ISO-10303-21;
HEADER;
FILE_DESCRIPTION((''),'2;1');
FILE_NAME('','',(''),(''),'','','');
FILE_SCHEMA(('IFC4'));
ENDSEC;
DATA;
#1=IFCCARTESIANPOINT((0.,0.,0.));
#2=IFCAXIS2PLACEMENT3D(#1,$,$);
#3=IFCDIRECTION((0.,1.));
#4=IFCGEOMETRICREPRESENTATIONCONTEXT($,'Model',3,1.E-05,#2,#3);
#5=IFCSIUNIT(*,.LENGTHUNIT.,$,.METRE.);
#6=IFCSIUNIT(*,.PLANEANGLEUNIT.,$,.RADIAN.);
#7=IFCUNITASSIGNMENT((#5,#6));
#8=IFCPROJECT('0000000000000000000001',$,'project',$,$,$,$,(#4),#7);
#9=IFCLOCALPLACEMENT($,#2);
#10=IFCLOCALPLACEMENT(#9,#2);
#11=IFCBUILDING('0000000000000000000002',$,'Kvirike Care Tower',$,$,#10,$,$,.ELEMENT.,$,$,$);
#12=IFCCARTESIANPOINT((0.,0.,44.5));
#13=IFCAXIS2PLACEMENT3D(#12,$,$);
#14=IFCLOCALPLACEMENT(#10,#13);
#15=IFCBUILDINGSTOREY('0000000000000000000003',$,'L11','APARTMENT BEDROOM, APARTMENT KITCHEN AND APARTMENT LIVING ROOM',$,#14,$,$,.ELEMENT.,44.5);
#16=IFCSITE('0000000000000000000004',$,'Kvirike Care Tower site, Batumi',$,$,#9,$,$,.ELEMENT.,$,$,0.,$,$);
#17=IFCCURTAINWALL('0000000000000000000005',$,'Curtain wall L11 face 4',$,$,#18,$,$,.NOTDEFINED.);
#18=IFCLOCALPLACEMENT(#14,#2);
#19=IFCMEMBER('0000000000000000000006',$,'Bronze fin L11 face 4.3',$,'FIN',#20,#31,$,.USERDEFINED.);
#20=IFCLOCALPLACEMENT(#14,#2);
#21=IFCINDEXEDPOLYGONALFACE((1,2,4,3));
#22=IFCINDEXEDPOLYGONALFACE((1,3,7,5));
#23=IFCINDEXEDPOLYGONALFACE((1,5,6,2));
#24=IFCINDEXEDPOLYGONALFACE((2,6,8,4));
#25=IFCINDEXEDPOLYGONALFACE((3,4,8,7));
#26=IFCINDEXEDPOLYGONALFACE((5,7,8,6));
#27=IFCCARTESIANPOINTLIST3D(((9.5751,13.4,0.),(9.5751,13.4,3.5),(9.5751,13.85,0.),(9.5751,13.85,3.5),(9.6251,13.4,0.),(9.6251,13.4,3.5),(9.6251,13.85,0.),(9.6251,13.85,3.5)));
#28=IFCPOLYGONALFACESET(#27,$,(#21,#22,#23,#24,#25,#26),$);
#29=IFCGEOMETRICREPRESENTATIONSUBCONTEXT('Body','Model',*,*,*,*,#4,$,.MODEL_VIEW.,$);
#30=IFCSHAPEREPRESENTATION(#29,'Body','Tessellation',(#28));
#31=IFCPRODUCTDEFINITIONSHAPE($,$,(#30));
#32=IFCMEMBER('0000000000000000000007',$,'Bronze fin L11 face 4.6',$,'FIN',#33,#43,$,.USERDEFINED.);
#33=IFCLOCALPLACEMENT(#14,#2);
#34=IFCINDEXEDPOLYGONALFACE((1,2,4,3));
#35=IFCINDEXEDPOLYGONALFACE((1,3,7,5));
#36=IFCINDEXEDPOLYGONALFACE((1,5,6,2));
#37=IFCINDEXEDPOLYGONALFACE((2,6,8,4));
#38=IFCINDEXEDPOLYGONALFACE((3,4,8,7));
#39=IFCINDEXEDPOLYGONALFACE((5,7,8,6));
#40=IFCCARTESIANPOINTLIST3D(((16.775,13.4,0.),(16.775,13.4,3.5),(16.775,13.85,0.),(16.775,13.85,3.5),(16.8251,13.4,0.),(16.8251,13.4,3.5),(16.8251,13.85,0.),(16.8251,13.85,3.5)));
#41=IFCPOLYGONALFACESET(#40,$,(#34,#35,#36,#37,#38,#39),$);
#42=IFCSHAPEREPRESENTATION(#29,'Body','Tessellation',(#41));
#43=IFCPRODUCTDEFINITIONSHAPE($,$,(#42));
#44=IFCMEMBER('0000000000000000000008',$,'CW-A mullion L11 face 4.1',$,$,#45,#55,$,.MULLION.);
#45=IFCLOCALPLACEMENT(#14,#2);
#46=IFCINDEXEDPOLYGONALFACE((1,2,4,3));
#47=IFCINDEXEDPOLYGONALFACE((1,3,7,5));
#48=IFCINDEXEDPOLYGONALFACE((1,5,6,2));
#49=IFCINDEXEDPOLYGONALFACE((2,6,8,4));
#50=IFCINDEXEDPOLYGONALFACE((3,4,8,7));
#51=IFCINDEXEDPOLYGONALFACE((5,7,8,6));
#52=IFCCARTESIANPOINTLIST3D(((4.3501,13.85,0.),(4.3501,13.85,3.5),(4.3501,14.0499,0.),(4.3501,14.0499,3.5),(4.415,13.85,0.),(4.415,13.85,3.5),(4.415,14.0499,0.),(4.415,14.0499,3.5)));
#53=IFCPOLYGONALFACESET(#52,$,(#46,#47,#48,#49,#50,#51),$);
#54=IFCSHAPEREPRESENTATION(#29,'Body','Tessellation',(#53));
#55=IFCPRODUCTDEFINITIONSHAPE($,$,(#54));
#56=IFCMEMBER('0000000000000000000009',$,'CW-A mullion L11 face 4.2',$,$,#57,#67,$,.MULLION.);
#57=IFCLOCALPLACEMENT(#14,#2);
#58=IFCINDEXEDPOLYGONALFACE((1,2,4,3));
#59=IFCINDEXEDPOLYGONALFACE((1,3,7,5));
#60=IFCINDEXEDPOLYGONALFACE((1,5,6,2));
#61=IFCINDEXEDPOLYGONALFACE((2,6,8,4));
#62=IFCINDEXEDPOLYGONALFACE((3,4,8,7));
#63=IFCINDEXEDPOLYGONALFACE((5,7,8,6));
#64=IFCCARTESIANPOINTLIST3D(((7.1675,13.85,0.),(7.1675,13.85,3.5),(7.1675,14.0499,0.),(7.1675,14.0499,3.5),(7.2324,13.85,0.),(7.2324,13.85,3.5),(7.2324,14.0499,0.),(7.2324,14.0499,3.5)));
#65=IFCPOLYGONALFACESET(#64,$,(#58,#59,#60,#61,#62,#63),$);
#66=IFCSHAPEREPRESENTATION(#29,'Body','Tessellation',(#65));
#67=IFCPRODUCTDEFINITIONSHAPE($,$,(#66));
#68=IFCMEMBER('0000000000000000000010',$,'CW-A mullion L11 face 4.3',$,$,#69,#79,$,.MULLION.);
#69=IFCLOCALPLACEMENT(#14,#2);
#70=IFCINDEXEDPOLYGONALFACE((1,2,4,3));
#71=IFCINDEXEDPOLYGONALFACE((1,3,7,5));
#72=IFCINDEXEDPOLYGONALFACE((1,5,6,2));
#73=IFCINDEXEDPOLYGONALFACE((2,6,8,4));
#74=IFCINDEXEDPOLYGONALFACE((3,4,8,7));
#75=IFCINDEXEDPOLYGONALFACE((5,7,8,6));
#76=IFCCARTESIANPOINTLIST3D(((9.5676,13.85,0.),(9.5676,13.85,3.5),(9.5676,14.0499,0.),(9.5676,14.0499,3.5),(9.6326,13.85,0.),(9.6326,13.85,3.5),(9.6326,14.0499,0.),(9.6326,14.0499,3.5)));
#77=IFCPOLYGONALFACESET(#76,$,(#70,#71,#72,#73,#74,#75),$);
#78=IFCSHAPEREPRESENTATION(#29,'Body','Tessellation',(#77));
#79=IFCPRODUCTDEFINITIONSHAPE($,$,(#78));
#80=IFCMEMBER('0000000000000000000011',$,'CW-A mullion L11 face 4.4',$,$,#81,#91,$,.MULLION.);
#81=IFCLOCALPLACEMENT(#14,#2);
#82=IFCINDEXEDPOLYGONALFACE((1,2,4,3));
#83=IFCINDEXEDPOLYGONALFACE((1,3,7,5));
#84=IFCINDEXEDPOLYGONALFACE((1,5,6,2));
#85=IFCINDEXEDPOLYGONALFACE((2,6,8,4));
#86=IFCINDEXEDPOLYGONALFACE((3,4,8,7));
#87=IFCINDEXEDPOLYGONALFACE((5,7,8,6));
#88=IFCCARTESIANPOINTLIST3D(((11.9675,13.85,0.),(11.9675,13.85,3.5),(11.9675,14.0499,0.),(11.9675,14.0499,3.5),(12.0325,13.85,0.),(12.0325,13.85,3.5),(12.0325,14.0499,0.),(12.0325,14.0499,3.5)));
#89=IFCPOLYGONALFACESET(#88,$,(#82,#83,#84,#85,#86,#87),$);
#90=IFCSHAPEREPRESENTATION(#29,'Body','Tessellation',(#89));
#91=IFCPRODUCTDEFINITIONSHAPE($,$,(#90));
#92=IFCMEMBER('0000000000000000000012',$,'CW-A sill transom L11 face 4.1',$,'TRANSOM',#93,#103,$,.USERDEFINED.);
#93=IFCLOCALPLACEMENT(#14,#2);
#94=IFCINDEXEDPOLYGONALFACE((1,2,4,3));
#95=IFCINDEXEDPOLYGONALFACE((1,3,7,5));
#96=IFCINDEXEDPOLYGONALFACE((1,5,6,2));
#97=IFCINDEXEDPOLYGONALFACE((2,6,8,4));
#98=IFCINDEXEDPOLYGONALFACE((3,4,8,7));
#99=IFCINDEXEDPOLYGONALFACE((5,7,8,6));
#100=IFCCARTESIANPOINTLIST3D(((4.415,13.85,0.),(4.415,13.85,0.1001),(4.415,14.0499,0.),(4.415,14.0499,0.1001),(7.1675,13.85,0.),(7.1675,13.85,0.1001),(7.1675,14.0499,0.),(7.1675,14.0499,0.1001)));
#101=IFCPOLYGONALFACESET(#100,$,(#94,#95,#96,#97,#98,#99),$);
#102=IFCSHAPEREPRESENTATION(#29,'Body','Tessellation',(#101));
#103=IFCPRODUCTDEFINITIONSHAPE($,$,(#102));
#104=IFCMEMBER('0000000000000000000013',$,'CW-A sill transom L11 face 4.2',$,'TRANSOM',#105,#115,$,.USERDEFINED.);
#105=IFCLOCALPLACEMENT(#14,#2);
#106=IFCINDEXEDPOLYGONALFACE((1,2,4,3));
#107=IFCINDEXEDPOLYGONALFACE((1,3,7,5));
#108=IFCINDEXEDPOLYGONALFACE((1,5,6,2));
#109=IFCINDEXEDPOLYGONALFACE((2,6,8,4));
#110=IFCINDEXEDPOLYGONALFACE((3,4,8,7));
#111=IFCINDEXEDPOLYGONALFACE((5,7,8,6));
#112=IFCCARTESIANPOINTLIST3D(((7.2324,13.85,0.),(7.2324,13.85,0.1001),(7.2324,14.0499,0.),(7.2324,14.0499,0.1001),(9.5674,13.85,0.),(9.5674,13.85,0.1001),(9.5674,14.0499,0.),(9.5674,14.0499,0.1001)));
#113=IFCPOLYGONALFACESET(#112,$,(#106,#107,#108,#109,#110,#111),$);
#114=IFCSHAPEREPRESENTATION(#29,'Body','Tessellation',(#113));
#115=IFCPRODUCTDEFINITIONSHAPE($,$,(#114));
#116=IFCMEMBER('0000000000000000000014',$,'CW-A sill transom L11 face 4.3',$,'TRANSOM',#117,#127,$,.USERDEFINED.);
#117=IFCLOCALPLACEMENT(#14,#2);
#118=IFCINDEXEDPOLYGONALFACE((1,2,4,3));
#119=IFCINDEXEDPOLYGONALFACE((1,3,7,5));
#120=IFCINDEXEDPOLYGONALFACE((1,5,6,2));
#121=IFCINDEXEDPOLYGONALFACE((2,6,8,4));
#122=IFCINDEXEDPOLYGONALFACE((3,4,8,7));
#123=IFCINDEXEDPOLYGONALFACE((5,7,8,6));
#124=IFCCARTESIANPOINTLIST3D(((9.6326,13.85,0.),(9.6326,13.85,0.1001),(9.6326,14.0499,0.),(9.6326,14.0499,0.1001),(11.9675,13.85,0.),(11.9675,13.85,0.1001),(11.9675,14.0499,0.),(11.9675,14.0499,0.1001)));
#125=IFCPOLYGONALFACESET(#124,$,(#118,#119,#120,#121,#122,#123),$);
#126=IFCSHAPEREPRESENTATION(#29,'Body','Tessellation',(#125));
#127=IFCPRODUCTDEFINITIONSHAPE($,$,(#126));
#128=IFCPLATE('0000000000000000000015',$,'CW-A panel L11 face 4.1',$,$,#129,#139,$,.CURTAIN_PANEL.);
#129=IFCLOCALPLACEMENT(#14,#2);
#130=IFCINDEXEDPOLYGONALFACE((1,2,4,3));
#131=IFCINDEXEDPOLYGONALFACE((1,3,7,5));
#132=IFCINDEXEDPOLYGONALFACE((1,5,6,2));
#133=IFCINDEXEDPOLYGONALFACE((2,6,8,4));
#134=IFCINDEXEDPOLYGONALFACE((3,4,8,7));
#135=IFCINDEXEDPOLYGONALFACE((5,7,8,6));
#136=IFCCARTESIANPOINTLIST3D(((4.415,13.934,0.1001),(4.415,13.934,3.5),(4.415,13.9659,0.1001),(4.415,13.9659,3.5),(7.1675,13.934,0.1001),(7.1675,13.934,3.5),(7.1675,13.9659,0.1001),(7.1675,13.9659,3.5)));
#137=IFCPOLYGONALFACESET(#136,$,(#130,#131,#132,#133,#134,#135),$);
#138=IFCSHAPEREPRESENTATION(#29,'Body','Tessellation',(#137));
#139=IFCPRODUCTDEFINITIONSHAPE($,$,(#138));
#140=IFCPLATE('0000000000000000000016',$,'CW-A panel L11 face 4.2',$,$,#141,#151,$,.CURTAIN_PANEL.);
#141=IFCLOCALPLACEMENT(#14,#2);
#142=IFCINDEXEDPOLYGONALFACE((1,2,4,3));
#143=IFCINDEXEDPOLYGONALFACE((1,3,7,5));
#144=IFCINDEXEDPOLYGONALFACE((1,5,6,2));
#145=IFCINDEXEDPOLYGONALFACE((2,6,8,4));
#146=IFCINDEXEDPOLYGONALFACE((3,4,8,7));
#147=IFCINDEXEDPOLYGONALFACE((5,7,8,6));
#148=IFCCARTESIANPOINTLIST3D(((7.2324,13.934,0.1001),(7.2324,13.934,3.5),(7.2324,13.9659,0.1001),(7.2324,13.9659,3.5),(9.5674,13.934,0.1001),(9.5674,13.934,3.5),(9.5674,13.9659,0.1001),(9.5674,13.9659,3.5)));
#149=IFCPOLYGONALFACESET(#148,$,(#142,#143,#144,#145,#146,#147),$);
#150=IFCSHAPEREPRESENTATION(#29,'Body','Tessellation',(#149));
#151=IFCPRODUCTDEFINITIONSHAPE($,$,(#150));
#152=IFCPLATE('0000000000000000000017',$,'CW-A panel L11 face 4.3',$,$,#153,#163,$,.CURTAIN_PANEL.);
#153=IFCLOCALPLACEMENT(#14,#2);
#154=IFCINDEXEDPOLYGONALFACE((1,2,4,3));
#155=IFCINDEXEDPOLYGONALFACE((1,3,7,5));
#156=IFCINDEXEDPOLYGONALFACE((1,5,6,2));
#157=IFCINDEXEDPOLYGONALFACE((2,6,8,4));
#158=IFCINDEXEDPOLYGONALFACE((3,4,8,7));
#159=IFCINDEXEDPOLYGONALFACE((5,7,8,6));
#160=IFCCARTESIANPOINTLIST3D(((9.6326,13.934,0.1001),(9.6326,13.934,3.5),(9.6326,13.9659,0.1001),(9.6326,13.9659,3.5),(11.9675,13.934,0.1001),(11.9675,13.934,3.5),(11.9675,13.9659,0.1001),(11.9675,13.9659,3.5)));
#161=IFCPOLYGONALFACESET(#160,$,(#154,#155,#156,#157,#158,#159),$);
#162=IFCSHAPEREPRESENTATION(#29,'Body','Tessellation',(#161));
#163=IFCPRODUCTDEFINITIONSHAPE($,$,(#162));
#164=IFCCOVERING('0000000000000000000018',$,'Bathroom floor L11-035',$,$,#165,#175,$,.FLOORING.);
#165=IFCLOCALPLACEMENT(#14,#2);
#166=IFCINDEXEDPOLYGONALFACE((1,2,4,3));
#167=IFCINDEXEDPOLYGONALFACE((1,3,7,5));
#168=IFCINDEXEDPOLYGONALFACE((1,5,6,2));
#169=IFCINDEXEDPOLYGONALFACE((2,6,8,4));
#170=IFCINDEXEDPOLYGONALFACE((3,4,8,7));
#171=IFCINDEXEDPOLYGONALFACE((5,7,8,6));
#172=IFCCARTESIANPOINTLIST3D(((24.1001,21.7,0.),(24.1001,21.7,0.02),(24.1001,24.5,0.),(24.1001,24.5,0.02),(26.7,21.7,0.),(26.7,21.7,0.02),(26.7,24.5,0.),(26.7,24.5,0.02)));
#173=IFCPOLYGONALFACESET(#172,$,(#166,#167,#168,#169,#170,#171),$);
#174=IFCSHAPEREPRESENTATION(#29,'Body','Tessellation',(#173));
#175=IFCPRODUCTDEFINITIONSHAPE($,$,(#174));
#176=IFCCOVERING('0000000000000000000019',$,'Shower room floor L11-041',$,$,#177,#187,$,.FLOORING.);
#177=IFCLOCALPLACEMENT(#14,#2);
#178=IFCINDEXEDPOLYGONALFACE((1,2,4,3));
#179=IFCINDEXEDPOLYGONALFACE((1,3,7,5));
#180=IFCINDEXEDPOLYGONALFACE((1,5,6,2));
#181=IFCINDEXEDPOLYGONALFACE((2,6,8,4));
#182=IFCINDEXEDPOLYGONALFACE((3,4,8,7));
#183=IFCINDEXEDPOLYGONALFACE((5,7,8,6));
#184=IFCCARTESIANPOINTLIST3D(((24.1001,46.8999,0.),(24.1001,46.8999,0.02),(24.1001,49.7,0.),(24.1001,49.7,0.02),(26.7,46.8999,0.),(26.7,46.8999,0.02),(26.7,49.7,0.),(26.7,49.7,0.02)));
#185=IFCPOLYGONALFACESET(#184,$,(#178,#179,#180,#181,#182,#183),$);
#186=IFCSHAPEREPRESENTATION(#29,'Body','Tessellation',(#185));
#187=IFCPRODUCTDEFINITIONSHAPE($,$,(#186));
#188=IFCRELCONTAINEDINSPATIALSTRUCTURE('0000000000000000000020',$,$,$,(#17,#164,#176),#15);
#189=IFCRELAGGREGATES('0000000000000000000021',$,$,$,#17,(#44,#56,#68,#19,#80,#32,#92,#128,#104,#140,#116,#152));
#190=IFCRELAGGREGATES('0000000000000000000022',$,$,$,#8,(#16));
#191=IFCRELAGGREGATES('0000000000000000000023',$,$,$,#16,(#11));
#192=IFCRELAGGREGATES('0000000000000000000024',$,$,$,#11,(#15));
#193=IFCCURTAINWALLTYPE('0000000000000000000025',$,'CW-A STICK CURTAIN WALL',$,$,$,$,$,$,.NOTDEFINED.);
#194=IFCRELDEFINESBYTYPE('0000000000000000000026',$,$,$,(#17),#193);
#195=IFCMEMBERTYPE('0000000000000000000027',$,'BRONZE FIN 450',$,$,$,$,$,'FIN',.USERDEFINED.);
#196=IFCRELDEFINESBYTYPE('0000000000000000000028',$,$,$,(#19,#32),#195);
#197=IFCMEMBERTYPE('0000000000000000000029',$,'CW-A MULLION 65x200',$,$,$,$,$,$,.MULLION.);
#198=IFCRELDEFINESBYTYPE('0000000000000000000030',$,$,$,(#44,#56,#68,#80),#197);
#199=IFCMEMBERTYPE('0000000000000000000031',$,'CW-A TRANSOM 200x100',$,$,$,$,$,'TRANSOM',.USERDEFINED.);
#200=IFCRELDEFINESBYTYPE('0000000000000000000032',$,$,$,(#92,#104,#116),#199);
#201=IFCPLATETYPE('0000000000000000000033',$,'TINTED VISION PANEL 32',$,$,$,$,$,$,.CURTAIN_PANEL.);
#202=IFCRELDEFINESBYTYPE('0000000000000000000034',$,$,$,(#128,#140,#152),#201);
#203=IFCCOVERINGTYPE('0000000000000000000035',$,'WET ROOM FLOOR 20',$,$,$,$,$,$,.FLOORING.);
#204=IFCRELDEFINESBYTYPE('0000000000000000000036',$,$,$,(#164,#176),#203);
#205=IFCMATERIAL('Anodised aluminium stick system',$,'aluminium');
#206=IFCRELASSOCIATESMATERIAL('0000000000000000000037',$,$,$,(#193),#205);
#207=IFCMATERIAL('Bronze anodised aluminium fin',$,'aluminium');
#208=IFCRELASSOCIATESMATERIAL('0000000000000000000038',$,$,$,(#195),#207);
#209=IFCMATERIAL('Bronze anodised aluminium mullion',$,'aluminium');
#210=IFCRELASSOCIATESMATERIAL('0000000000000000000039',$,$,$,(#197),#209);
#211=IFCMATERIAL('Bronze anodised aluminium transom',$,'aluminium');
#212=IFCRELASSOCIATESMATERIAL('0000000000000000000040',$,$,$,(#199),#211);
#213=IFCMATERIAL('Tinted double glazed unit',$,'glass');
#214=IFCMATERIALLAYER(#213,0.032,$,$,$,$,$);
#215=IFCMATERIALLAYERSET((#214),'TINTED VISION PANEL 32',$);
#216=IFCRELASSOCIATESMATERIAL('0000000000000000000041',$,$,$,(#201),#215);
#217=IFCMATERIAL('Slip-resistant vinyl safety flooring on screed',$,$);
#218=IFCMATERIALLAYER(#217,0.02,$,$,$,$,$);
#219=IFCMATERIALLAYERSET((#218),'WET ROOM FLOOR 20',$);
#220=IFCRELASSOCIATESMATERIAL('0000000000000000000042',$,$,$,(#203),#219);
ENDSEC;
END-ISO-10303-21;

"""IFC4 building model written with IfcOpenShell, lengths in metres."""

from ifc_helpers import new_model, si_unit, direction, frame, origin, origin_2d, place, context, subcontext, project, spatial, polyline, rectangle, outline, extrude, material, layer, layer_set, material_profile, profile_set, type_object, element, aggregate, save


model = new_model("IFC4")

# Units and contexts
model_context = context("Model", 3, precision=1e-05, world=origin(), true_north=direction((0.0, 1.0)))
body_context = subcontext(model_context, "Body", "Model", "MODEL_VIEW")
ifc_project = project(units=[si_unit("LENGTHUNIT", "METRE"), si_unit("PLANEANGLEUNIT", "RADIAN")], contexts=[model_context])

# Site, building, storey
site_placement = place(None, origin())
site = spatial("IfcSite", under=ifc_project, at=site_placement, Name="Kvirike Care Tower site, Batumi", CompositionType="ELEMENT", RefElevation=0.0)
building_placement = place(site_placement, origin())
building = spatial("IfcBuilding", under=site, at=building_placement, Name="Kvirike Care Tower", CompositionType="ELEMENT")
storey_placement = place(building_placement, frame((0.0, 0.0, 44.5)))
storey = spatial("IfcBuildingStorey", under=building, at=storey_placement, Name="L11", Description="APARTMENT BEDROOM, APARTMENT KITCHEN AND APARTMENT LIVING ROOM", CompositionType="ELEMENT", Elevation=44.5)

# Curtain wall, members, plates
ifc_material_1 = material(Name="Anodised aluminium stick system", Category="aluminium")
curtain_wall_type = type_object("IfcCurtainWallType", Name="CW-A STICK CURTAIN WALL", PredefinedType="NOTDEFINED", material=ifc_material_1)
curtain_wall_placement = place(storey_placement, origin())
curtain_wall = element("IfcCurtainWall", 1, at=curtain_wall_placement, inside=storey, type_object=curtain_wall_type, Name="Curtain wall L11 face 4", PredefinedType="NOTDEFINED")
ifc_material_2 = material(Name="Bronze anodised aluminium fin", Category="aluminium")
ifc_material_profile_1 = material_profile(ifc_material_2, rectangle(XDim=0.05, YDim=0.45, at=origin_2d()), Name="BRONZE FIN 450")
ifc_profile_set_1 = profile_set([ifc_material_profile_1], Name="Bronze anodised aluminium fin")
member_type_1 = type_object("IfcMemberType", Name="BRONZE FIN 450", ElementType="FIN", PredefinedType="USERDEFINED", material=ifc_profile_set_1)
member_1_placement = place(storey_placement, frame((9.6001, 13.625, 0.0), z_axis=(0.0, 0.0, 1.0), x_axis=(1.0, 0.0, 0.0)))
member_1 = element("IfcMember", 2, at=member_1_placement, type_object=member_type_1, Name="Bronze fin L11 face 4.3", ObjectType="FIN", PredefinedType="USERDEFINED", context=body_context, shape_type="SweptSolid", body=[
    extrude(rectangle(XDim=0.05, YDim=0.45, at=origin_2d()), origin(), (0.0, 0.0, 1.0), 3.5),
])
member_2_placement = place(storey_placement, frame((16.8, 13.625, 0.0), z_axis=(0.0, 0.0, 1.0), x_axis=(1.0, 0.0, 0.0)))
member_2 = element("IfcMember", 3, at=member_2_placement, type_object=member_type_1, Name="Bronze fin L11 face 4.6", ObjectType="FIN", PredefinedType="USERDEFINED", context=body_context, shape_type="SweptSolid", body=[
    extrude(rectangle(XDim=0.05, YDim=0.45, at=origin_2d()), origin(), (0.0, 0.0, 1.0), 3.5),
])
ifc_material_3 = material(Name="Bronze anodised aluminium mullion", Category="aluminium")
ifc_material_profile_2 = material_profile(ifc_material_3, rectangle(XDim=0.0649, YDim=0.2, at=origin_2d()), Name="CW-A MULLION 65x200")
ifc_profile_set_2 = profile_set([ifc_material_profile_2], Name="Bronze anodised aluminium mullion")
member_type_2 = type_object("IfcMemberType", Name="CW-A MULLION 65x200", PredefinedType="MULLION", material=ifc_profile_set_2)
member_3_placement = place(storey_placement, frame((4.3826, 13.95, 0.0), z_axis=(0.0, 0.0, 1.0), x_axis=(1.0, 0.0, 0.0)))
member_3 = element("IfcMember", 4, at=member_3_placement, type_object=member_type_2, Name="CW-A mullion L11 face 4.1", PredefinedType="MULLION", context=body_context, shape_type="SweptSolid", body=[
    extrude(rectangle(XDim=0.0649, YDim=0.2, at=origin_2d()), origin(), (0.0, 0.0, 1.0), 3.5),
])
member_4_placement = place(storey_placement, frame((7.2, 13.95, 0.0), z_axis=(0.0, 0.0, 1.0), x_axis=(1.0, 0.0, 0.0)))
member_4 = element("IfcMember", 5, at=member_4_placement, type_object=member_type_2, Name="CW-A mullion L11 face 4.2", PredefinedType="MULLION", context=body_context, shape_type="SweptSolid", body=[
    extrude(rectangle(XDim=0.0649, YDim=0.2, at=origin_2d()), origin(), (0.0, 0.0, 1.0), 3.5),
])
member_5_placement = place(storey_placement, frame((9.6001, 13.95, 0.0), z_axis=(0.0, 0.0, 1.0), x_axis=(1.0, 0.0, 0.0)))
member_5 = element("IfcMember", 6, at=member_5_placement, type_object=member_type_2, Name="CW-A mullion L11 face 4.3", PredefinedType="MULLION", context=body_context, shape_type="SweptSolid", body=[
    extrude(rectangle(XDim=0.0649, YDim=0.2, at=origin_2d()), origin(), (0.0, 0.0, 1.0), 3.5),
])
member_6_placement = place(storey_placement, frame((12.0, 13.95, 0.0), z_axis=(0.0, 0.0, 1.0), x_axis=(1.0, 0.0, 0.0)))
member_6 = element("IfcMember", 7, at=member_6_placement, type_object=member_type_2, Name="CW-A mullion L11 face 4.4", PredefinedType="MULLION", context=body_context, shape_type="SweptSolid", body=[
    extrude(rectangle(XDim=0.0649, YDim=0.2, at=origin_2d()), origin(), (0.0, 0.0, 1.0), 3.5),
])
ifc_material_4 = material(Name="Bronze anodised aluminium transom", Category="aluminium")
ifc_material_profile_3 = material_profile(ifc_material_4, rectangle(XDim=0.2, YDim=0.1001, at=origin_2d()), Name="CW-A TRANSOM 200x100")
ifc_profile_set_3 = profile_set([ifc_material_profile_3], Name="Bronze anodised aluminium transom")
member_type_3 = type_object("IfcMemberType", Name="CW-A TRANSOM 200x100", ElementType="TRANSOM", PredefinedType="USERDEFINED", material=ifc_profile_set_3)
member_7_placement = place(storey_placement, frame((4.415, 13.95, 0.05), z_axis=(1.0, 0.0, 0.0), x_axis=(0.0, 1.0, 0.0)))
member_7 = element("IfcMember", 8, at=member_7_placement, type_object=member_type_3, Name="CW-A sill transom L11 face 4.1", ObjectType="TRANSOM", PredefinedType="USERDEFINED", context=body_context, shape_type="SweptSolid", body=[
    extrude(rectangle(XDim=0.2, YDim=0.1001, at=origin_2d()), origin(), (0.0, 0.0, 1.0), 2.7524),
])
member_8_placement = place(storey_placement, frame((7.2324, 13.95, 0.05), z_axis=(1.0, 0.0, 0.0), x_axis=(0.0, 1.0, 0.0)))
member_8 = element("IfcMember", 9, at=member_8_placement, type_object=member_type_3, Name="CW-A sill transom L11 face 4.2", ObjectType="TRANSOM", PredefinedType="USERDEFINED", context=body_context, shape_type="SweptSolid", body=[
    extrude(rectangle(XDim=0.2, YDim=0.1001, at=origin_2d()), origin(), (0.0, 0.0, 1.0), 2.335),
])
member_9_placement = place(storey_placement, frame((9.6326, 13.95, 0.05), z_axis=(1.0, 0.0, 0.0), x_axis=(0.0, 1.0, 0.0)))
member_9 = element("IfcMember", 10, at=member_9_placement, type_object=member_type_3, Name="CW-A sill transom L11 face 4.3", ObjectType="TRANSOM", PredefinedType="USERDEFINED", context=body_context, shape_type="SweptSolid", body=[
    extrude(rectangle(XDim=0.2, YDim=0.1001, at=origin_2d()), origin(), (0.0, 0.0, 1.0), 2.335),
])
ifc_material_5 = material(Name="Tinted double glazed unit", Category="glass")
ifc_layer_1 = layer(ifc_material_5, 0.032)
ifc_layer_set_1 = layer_set([ifc_layer_1], Name="TINTED VISION PANEL 32")
plate_type = type_object("IfcPlateType", Name="TINTED VISION PANEL 32", PredefinedType="CURTAIN_PANEL", material=ifc_layer_set_1)
plate_1_placement = place(storey_placement, frame((5.7913, 13.95, 0.1001), z_axis=(0.0, 0.0, 1.0), x_axis=(1.0, 0.0, 0.0)))
plate_1 = element("IfcPlate", 11, at=plate_1_placement, type_object=plate_type, Name="CW-A panel L11 face 4.1", PredefinedType="CURTAIN_PANEL", context=body_context, shape_type="SweptSolid", body=[
    extrude(rectangle(XDim=2.7524, YDim=0.032, at=origin_2d()), origin(), (0.0, 0.0, 1.0), 3.3999),
])
plate_2_placement = place(storey_placement, frame((8.3999, 13.95, 0.1001), z_axis=(0.0, 0.0, 1.0), x_axis=(1.0, 0.0, 0.0)))
plate_2 = element("IfcPlate", 12, at=plate_2_placement, type_object=plate_type, Name="CW-A panel L11 face 4.2", PredefinedType="CURTAIN_PANEL", context=body_context, shape_type="SweptSolid", body=[
    extrude(rectangle(XDim=2.335, YDim=0.032, at=origin_2d()), origin(), (0.0, 0.0, 1.0), 3.3999),
])
plate_3_placement = place(storey_placement, frame((10.8, 13.95, 0.1001), z_axis=(0.0, 0.0, 1.0), x_axis=(1.0, 0.0, 0.0)))
plate_3 = element("IfcPlate", 13, at=plate_3_placement, type_object=plate_type, Name="CW-A panel L11 face 4.3", PredefinedType="CURTAIN_PANEL", context=body_context, shape_type="SweptSolid", body=[
    extrude(rectangle(XDim=2.335, YDim=0.032, at=origin_2d()), origin(), (0.0, 0.0, 1.0), 3.3999),
])
aggregate(curtain_wall, [member_3, member_4, member_5, member_1, member_6, member_2, member_7, plate_1, member_8, plate_2, member_9, plate_3])

# Coverings
ifc_material_6 = material(Name="Slip-resistant vinyl safety flooring on screed")
ifc_layer_2 = layer(ifc_material_6, 0.02)
ifc_layer_set_2 = layer_set([ifc_layer_2], Name="WET ROOM FLOOR 20")
covering_type = type_object("IfcCoveringType", Name="WET ROOM FLOOR 20", PredefinedType="FLOORING", material=ifc_layer_set_2)
covering_1_placement = place(storey_placement, origin())
element("IfcCovering", 14, at=covering_1_placement, inside=storey, type_object=covering_type, Name="Bathroom floor L11-035", PredefinedType="FLOORING", context=body_context, shape_type="SweptSolid", body=[
    extrude(outline(polyline([(24.1001, 21.7), (24.1001, 24.5), (26.7, 24.5), (26.7, 21.7), (24.1001, 21.7)])), origin(), (0.0, 0.0, 1.0), 0.02),
])
covering_2_placement = place(storey_placement, origin())
element("IfcCovering", 15, at=covering_2_placement, inside=storey, type_object=covering_type, Name="Shower room floor L11-041", PredefinedType="FLOORING", context=body_context, shape_type="SweptSolid", body=[
    extrude(outline(polyline([(26.7, 49.7), (26.7, 46.8999), (24.1001, 46.8999), (24.1001, 49.7), (26.7, 49.7)])), origin(), (0.0, 0.0, 1.0), 0.02),
])

save(model, "model.ifc")
